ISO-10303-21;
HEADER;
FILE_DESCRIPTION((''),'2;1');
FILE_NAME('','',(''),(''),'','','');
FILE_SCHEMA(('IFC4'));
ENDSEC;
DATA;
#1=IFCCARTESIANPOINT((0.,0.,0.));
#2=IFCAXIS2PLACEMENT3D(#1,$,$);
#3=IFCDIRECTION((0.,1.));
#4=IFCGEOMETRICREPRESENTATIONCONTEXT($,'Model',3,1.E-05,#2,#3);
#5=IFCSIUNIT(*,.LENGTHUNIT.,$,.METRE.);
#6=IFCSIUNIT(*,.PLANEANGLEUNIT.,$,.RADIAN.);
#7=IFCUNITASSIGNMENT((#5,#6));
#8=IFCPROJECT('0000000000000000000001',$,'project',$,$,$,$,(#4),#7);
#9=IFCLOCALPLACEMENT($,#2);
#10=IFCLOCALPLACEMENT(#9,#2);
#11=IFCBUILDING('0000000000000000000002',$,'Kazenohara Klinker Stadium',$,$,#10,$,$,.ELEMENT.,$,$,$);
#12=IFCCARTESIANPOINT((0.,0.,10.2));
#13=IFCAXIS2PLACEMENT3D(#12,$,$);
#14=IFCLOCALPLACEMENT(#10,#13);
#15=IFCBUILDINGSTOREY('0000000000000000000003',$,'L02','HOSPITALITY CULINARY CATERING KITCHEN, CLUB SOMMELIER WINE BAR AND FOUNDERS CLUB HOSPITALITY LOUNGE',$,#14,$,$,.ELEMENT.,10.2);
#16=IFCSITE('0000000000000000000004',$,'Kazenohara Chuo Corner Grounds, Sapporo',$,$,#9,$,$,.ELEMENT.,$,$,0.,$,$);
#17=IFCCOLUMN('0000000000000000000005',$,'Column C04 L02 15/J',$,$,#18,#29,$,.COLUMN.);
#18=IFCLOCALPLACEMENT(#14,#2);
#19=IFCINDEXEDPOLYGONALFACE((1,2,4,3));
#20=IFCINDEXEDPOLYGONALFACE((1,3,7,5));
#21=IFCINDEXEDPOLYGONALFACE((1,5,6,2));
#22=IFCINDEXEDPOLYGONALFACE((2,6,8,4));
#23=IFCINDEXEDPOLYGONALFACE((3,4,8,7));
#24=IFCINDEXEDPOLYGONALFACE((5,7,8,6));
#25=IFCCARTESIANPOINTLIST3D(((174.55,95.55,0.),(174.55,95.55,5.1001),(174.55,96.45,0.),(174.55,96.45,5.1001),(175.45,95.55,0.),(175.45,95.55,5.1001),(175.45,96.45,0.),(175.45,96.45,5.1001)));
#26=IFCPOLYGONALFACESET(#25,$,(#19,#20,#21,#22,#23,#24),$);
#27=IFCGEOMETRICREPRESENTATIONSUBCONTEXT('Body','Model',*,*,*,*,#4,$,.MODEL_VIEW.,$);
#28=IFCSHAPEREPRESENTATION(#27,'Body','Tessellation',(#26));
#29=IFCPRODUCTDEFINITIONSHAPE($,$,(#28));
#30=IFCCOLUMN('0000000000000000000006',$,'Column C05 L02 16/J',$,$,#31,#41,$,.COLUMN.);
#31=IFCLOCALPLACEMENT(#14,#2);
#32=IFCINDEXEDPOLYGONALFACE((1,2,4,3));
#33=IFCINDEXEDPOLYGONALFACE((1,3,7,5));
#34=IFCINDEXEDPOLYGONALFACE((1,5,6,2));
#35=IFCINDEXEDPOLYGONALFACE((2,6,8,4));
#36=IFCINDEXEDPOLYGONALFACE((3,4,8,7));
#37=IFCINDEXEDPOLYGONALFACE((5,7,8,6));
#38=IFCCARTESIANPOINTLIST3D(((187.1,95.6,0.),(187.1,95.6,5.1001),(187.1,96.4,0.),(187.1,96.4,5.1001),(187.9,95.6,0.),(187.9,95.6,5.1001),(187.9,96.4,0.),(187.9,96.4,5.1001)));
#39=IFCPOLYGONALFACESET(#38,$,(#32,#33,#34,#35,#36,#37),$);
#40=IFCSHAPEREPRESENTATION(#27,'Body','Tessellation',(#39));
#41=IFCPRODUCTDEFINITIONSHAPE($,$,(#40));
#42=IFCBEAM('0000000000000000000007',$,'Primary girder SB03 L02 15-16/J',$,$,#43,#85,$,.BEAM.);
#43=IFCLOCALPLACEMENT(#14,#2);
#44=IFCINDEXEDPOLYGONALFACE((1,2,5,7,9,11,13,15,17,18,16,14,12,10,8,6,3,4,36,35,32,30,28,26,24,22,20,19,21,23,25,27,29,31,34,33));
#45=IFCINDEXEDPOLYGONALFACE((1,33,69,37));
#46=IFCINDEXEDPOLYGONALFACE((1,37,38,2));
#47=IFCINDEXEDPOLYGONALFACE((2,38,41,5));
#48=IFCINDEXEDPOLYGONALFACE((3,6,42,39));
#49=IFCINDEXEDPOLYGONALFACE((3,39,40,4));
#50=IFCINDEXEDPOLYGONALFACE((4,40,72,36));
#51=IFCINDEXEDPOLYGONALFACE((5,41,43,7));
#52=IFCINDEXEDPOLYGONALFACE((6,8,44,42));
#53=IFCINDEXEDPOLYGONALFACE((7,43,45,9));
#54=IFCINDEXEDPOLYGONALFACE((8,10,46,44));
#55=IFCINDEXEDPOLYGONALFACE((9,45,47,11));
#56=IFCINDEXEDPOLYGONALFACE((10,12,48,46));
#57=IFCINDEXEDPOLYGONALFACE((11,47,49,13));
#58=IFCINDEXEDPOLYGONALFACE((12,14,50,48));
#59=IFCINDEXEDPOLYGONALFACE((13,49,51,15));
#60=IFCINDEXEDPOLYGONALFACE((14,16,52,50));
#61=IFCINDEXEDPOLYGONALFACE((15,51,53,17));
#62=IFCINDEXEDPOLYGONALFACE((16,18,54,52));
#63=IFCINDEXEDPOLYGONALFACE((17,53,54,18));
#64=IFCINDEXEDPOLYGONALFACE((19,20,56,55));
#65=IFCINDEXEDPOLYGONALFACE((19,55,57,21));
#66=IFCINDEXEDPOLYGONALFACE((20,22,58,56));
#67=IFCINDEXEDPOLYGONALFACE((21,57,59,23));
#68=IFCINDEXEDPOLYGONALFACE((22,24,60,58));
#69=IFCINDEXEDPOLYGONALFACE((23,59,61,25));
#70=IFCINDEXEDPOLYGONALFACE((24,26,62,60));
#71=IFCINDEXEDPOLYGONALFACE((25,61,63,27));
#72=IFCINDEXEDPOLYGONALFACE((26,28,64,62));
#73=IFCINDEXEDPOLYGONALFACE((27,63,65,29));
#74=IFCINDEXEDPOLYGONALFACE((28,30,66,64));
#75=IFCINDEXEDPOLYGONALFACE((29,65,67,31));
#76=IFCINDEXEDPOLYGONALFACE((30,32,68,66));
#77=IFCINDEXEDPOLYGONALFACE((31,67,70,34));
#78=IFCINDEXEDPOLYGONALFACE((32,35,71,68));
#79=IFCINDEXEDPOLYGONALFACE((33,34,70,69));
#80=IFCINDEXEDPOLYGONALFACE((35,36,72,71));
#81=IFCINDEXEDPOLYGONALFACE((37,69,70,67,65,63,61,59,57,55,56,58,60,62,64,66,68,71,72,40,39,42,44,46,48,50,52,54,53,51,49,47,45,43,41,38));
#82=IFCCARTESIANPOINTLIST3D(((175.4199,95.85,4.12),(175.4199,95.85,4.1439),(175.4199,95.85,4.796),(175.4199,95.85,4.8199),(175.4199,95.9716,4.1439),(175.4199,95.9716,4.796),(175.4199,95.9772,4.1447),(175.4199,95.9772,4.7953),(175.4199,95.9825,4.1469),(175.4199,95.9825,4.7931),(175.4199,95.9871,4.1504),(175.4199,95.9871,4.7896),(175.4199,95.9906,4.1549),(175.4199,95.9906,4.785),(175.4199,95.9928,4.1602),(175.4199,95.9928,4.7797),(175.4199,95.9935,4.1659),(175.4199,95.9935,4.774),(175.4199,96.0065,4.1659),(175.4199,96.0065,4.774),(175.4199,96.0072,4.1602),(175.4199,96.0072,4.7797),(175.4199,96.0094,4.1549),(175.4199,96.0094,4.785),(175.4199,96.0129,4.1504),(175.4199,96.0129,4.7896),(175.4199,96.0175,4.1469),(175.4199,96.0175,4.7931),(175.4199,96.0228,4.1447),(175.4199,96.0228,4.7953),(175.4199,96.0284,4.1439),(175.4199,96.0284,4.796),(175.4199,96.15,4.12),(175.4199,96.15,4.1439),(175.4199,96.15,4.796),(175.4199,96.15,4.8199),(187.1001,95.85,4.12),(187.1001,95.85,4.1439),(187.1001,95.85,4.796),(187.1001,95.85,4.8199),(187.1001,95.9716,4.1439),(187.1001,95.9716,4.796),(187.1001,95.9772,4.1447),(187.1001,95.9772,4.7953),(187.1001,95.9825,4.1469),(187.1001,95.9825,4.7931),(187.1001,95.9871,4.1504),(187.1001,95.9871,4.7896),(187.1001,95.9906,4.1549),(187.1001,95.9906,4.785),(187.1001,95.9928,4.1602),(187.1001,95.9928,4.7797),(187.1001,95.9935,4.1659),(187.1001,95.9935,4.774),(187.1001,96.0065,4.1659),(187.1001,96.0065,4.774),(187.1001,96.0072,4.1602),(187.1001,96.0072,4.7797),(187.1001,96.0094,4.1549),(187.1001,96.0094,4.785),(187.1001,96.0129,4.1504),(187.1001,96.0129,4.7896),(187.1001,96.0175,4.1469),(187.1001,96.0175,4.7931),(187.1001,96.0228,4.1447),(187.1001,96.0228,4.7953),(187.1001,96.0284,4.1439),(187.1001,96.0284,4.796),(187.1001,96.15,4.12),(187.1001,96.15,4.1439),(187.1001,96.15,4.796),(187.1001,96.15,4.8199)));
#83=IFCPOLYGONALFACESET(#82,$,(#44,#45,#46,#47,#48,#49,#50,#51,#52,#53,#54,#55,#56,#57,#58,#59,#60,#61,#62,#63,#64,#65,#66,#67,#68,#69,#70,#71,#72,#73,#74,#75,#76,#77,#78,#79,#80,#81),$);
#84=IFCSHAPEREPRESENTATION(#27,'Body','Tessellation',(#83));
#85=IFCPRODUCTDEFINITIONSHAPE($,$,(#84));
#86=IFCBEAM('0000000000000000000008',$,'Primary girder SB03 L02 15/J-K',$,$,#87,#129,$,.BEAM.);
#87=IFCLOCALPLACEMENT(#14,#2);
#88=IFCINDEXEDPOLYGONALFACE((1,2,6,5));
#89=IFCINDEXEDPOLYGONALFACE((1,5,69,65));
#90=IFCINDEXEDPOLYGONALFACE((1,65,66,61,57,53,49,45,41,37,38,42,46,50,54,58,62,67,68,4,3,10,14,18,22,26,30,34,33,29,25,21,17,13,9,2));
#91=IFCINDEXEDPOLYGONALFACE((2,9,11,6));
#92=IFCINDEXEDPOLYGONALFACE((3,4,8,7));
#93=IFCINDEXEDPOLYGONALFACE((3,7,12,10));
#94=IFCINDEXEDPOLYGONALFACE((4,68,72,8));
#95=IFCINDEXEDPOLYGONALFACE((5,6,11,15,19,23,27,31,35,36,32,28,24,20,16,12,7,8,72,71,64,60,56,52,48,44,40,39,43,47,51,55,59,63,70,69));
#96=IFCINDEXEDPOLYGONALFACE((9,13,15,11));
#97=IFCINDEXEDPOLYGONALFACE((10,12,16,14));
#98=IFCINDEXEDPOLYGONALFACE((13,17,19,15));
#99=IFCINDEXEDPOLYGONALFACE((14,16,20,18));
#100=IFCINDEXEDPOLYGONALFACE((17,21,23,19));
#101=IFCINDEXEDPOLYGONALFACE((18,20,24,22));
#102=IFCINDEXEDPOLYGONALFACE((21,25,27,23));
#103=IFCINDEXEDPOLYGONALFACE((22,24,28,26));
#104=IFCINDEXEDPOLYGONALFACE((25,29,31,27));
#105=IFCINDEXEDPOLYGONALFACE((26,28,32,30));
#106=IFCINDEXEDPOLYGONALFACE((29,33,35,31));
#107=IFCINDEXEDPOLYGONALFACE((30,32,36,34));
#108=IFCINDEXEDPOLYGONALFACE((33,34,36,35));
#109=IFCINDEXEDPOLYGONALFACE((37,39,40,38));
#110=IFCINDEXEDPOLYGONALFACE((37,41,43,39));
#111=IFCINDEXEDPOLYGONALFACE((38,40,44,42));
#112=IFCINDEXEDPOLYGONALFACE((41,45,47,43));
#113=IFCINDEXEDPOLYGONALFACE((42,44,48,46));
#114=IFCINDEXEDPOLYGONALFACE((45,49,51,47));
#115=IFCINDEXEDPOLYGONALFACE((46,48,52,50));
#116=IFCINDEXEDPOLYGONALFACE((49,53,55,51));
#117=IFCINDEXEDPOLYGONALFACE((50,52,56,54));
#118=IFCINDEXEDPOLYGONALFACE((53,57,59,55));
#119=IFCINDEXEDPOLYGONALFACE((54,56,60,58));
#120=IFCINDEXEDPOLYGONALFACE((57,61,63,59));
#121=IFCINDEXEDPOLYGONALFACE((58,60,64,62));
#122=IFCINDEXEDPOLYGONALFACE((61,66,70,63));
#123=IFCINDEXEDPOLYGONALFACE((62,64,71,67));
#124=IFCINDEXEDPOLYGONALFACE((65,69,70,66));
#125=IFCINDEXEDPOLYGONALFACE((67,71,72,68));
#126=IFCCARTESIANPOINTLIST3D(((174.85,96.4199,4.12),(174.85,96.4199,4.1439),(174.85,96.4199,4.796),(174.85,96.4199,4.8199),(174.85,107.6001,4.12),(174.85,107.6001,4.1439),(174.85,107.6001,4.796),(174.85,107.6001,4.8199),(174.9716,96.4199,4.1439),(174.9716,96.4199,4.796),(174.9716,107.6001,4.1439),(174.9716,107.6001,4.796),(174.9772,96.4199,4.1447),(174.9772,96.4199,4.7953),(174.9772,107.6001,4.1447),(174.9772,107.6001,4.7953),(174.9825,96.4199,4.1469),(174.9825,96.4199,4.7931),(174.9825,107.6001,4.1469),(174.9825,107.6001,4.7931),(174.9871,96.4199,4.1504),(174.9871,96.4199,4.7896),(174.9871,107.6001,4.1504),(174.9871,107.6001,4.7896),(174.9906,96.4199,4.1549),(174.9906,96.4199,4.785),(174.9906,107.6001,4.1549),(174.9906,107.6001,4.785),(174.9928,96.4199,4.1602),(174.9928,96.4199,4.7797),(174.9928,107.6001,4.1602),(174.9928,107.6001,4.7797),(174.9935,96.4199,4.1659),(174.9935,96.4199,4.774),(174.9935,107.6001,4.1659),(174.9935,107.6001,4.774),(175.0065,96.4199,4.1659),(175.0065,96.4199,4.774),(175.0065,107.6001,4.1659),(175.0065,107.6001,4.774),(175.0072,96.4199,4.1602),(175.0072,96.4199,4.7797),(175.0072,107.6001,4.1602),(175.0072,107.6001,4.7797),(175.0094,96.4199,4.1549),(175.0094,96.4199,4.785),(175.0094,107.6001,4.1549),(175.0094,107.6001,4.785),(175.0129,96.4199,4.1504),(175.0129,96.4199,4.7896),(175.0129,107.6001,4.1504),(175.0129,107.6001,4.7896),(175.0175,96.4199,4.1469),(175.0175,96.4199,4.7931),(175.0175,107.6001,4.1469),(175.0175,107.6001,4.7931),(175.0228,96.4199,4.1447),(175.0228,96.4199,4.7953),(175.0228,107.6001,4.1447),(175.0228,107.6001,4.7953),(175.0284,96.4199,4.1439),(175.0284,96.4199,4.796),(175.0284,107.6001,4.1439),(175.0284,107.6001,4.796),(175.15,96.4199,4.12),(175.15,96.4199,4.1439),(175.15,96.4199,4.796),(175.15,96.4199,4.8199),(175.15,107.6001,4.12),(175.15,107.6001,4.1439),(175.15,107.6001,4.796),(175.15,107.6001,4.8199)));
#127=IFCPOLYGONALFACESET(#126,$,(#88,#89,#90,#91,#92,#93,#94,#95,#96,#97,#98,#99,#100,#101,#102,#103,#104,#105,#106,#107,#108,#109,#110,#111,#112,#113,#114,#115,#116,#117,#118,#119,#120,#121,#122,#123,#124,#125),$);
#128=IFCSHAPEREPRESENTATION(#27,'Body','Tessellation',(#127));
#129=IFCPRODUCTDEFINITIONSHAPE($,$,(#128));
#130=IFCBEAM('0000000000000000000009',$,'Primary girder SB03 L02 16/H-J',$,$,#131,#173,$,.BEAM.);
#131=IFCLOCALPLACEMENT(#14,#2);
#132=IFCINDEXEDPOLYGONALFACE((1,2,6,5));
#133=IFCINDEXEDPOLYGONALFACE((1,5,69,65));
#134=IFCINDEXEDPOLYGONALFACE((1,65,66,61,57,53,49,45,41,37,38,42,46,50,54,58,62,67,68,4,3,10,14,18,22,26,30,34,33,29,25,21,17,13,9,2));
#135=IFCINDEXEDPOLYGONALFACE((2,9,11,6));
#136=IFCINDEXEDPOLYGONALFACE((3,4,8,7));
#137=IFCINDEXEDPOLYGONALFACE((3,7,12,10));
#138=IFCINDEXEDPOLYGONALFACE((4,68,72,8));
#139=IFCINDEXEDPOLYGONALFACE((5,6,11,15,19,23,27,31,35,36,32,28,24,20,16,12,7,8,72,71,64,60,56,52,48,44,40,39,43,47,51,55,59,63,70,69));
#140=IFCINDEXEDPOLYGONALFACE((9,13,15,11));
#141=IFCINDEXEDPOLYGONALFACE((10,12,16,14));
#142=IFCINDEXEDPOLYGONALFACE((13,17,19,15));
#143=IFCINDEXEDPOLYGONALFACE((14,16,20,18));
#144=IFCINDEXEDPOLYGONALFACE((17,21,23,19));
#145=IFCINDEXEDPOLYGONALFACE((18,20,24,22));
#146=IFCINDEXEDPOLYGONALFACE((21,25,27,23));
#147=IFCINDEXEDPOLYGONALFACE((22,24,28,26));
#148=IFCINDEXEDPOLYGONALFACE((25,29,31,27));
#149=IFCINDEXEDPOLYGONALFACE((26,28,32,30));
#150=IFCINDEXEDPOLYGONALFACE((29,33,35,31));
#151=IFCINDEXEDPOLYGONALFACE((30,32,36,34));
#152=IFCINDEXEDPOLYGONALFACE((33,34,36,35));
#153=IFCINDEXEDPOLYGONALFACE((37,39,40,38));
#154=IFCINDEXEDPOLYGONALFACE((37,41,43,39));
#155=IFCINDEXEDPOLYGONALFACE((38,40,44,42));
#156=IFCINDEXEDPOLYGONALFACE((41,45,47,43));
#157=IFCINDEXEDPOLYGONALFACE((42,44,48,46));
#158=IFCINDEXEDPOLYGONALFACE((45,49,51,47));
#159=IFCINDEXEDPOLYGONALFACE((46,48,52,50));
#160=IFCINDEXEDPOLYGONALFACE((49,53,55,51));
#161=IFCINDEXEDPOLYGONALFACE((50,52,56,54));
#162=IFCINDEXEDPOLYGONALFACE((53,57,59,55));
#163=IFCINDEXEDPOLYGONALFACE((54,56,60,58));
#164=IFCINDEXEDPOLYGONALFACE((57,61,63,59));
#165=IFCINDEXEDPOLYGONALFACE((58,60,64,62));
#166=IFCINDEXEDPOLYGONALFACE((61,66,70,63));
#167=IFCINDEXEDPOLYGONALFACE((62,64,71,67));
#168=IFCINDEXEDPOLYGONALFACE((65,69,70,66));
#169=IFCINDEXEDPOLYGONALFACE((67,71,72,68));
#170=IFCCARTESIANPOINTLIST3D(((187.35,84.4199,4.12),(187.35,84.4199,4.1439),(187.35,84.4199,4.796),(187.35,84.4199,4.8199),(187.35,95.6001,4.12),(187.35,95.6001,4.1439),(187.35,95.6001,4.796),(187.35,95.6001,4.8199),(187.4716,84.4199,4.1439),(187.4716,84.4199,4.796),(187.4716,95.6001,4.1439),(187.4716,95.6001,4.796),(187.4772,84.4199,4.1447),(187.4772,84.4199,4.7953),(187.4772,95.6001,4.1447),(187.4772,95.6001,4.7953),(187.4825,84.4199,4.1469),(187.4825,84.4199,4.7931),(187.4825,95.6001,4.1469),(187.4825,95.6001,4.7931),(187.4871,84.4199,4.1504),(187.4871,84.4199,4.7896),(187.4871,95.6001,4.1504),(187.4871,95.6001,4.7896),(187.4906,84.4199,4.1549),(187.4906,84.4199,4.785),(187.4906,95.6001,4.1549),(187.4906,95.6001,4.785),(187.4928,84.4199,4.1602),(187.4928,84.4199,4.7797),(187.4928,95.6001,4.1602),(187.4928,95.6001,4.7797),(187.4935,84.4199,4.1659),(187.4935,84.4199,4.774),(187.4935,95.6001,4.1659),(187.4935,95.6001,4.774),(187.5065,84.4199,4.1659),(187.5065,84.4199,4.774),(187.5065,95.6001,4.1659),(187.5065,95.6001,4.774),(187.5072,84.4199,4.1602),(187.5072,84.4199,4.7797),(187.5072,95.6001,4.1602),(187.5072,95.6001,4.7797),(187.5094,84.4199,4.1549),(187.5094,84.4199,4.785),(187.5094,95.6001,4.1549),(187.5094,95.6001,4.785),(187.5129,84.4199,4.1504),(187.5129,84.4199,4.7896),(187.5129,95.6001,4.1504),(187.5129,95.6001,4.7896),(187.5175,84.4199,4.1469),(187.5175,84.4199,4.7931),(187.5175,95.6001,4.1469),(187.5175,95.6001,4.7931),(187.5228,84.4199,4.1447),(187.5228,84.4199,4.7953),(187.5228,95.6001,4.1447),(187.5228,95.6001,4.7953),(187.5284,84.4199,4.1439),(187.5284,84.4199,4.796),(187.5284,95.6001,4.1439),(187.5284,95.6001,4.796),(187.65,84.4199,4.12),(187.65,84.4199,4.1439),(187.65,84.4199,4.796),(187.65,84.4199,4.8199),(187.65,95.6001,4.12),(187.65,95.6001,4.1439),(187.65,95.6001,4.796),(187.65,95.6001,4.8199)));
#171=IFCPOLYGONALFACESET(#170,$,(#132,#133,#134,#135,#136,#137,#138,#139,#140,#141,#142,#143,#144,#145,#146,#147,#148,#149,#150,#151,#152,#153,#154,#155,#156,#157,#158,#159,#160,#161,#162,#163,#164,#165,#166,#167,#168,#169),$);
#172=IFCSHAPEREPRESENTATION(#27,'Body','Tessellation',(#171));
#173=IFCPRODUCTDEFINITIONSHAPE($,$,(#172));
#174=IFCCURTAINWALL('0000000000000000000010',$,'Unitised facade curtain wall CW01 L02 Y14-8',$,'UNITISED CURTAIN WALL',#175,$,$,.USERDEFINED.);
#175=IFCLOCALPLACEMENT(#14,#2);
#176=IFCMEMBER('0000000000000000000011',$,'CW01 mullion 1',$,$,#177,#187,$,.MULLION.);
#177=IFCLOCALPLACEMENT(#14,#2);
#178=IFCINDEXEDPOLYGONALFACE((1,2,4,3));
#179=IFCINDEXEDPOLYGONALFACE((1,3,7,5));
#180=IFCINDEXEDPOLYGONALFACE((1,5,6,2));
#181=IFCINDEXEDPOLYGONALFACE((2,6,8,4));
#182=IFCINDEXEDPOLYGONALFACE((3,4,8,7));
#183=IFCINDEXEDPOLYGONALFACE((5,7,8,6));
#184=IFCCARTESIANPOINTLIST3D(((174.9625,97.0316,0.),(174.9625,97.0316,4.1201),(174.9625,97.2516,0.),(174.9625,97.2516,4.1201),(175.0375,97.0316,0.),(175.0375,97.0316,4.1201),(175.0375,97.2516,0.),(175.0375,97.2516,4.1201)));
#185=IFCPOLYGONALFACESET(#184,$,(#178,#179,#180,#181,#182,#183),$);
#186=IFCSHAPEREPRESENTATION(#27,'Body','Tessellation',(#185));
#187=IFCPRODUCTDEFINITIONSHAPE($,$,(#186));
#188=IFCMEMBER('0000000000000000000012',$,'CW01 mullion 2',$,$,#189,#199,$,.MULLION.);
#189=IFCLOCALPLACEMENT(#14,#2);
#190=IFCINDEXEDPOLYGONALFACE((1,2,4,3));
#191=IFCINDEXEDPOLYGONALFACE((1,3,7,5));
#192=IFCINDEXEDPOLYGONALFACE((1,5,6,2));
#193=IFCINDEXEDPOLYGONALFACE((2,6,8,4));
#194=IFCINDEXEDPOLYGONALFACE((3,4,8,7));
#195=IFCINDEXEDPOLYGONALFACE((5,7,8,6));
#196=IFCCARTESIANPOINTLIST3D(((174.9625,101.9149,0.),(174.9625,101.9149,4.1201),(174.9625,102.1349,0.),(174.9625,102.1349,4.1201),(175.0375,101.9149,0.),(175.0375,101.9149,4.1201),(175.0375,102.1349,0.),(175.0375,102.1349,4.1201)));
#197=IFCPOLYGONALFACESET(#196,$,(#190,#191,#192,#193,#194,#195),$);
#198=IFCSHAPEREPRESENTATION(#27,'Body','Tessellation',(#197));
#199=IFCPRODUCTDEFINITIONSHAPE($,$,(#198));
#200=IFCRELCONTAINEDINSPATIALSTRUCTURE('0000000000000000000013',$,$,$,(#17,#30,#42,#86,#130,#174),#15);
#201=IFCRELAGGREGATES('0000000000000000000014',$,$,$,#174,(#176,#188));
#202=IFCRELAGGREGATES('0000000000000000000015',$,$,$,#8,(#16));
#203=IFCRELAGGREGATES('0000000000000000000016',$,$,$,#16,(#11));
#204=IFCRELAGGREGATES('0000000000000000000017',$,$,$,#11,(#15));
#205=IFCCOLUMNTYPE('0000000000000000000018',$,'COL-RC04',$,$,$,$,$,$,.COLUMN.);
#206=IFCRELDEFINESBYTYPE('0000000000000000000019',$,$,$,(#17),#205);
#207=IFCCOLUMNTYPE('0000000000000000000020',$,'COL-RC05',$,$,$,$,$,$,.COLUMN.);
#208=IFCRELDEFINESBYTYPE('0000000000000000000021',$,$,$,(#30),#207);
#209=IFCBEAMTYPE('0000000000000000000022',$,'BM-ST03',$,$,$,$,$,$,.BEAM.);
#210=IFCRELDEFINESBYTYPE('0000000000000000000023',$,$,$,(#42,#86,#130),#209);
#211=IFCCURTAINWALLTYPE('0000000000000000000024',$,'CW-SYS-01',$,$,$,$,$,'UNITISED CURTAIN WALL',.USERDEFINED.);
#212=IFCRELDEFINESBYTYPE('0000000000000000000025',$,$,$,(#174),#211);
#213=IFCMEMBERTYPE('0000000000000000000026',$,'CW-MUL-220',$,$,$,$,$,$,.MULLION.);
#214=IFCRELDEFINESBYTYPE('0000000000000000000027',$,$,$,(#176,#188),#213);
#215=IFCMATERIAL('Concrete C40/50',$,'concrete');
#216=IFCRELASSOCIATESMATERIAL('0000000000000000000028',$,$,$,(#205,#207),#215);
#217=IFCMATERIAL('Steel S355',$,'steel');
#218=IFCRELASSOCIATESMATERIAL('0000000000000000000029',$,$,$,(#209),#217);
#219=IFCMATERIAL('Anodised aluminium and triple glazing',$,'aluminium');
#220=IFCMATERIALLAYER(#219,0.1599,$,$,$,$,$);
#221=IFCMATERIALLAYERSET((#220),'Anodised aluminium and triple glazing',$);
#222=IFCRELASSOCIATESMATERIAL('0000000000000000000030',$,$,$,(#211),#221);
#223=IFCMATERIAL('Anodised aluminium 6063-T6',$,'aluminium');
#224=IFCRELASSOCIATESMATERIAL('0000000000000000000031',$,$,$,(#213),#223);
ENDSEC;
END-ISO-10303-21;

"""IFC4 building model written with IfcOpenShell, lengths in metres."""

from ifc_helpers import new_model, si_unit, direction, frame, origin, origin_2d, place, context, subcontext, project, spatial, rectangle, i_section, extrude, material, layer, layer_set, material_profile, profile_set, type_object, element, aggregate, save


model = new_model("IFC4")

# Units and contexts
model_context = context("Model", 3, precision=1e-05, world=origin(), true_north=direction((0.0, 1.0)))
body_context = subcontext(model_context, "Body", "Model", "MODEL_VIEW")
ifc_project = project(units=[si_unit("LENGTHUNIT", "METRE"), si_unit("PLANEANGLEUNIT", "RADIAN")], contexts=[model_context])

# Site, building, storey
site_placement = place(None, origin())
site = spatial("IfcSite", under=ifc_project, at=site_placement, Name="Kazenohara Chuo Corner Grounds, Sapporo", CompositionType="ELEMENT", RefElevation=0.0)
building_placement = place(site_placement, origin())
building = spatial("IfcBuilding", under=site, at=building_placement, Name="Kazenohara Klinker Stadium", CompositionType="ELEMENT")
storey_placement = place(building_placement, frame((0.0, 0.0, 10.2)))
storey = spatial("IfcBuildingStorey", under=building, at=storey_placement, Name="L02", Description="HOSPITALITY CULINARY CATERING KITCHEN, CLUB SOMMELIER WINE BAR AND FOUNDERS CLUB HOSPITALITY LOUNGE", CompositionType="ELEMENT", Elevation=10.2)

# Columns
ifc_material_1 = material(Name="Concrete C40/50", Category="concrete")
ifc_material_profile_1 = material_profile(ifc_material_1, rectangle(XDim=0.8999, YDim=0.8999, at=origin_2d()), Name="RC-COL-900x900")
ifc_profile_set_1 = profile_set([ifc_material_profile_1], Name="Concrete C40/50")
column_type_1 = type_object("IfcColumnType", Name="COL-RC04", PredefinedType="COLUMN", material=ifc_profile_set_1)
column_1_placement = place(storey_placement, frame((175.0, 96.0, 0.0), z_axis=(0.0, 0.0, 1.0), x_axis=(1.0, 0.0, 0.0)))
element("IfcColumn", 1, at=column_1_placement, inside=storey, type_object=column_type_1, Name="Column C04 L02 15/J", PredefinedType="COLUMN", context=body_context, shape_type="SweptSolid", body=[
    extrude(rectangle(XDim=0.8999, YDim=0.8999, at=origin_2d()), origin(), (0.0, 0.0, 1.0), 5.1001),
])
ifc_material_profile_2 = material_profile(ifc_material_1, rectangle(XDim=0.8, YDim=0.8, at=origin_2d()), Name="RC-COL-800x800")
ifc_profile_set_2 = profile_set([ifc_material_profile_2], Name="Concrete C40/50")
column_type_2 = type_object("IfcColumnType", Name="COL-RC05", PredefinedType="COLUMN", material=ifc_profile_set_2)
column_2_placement = place(storey_placement, frame((187.5, 96.0, 0.0), z_axis=(0.0, 0.0, 1.0), x_axis=(1.0, 0.0, 0.0)))
element("IfcColumn", 2, at=column_2_placement, inside=storey, type_object=column_type_2, Name="Column C05 L02 16/J", PredefinedType="COLUMN", context=body_context, shape_type="SweptSolid", body=[
    extrude(rectangle(XDim=0.8, YDim=0.8, at=origin_2d()), origin(), (0.0, 0.0, 1.0), 5.1001),
])

# Beams
ifc_material_2 = material(Name="Steel S355", Category="steel")
ifc_material_profile_3 = material_profile(ifc_material_2, i_section(OverallWidth=0.3, OverallDepth=0.7, WebThickness=0.0129, FlangeThickness=0.0239, FilletRadius=0.022, at=origin_2d()), Name="H-700x300x13x24")
ifc_profile_set_3 = profile_set([ifc_material_profile_3], Name="Steel S355")
beam_type = type_object("IfcBeamType", Name="BM-ST03", PredefinedType="BEAM", material=ifc_profile_set_3)
beam_placement = place(storey_placement, frame((175.4199, 96.0, 4.47), z_axis=(1.0, 0.0, 0.0), x_axis=(0.0, 1.0, 0.0)))
element("IfcBeam", 3, at=beam_placement, inside=storey, type_object=beam_type, Name="Primary girder SB03 L02 15-16/J", PredefinedType="BEAM", context=body_context, shape_type="SweptSolid", body=[
    extrude(i_section(OverallWidth=0.3, OverallDepth=0.7, WebThickness=0.0129, FlangeThickness=0.0239, FilletRadius=0.022, at=origin_2d()), origin(), (0.0, 0.0, 1.0), 11.6802),
])
for number, where, z_axis, x_axis, name in (
    (4, (175.0, 96.4199, 4.47), (0.0, 1.0, 0.0), (-1.0, 0.0, 0.0), "Primary girder SB03 L02 15/J-K"),
    (5, (187.5, 84.4199, 4.47), (0.0, 1.0, 0.0), (-1.0, 0.0, 0.0), "Primary girder SB03 L02 16/H-J"),
):
    element("IfcBeam", number, at=place(storey_placement, frame(where, z_axis=z_axis, x_axis=x_axis)), inside=storey, type_object=beam_type, Name=name, PredefinedType="BEAM", context=body_context, shape_type="SweptSolid", body=[
        extrude(i_section(OverallWidth=0.3, OverallDepth=0.7, WebThickness=0.0129, FlangeThickness=0.0239, FilletRadius=0.022, at=origin_2d()), origin(), (0.0, 0.0, 1.0), 11.1802),
    ])

# Curtain wall, members
ifc_material_3 = material(Name="Anodised aluminium and triple glazing", Category="aluminium")
ifc_layer_1 = layer(ifc_material_3, 0.1599)
ifc_layer_set_1 = layer_set([ifc_layer_1], Name="Anodised aluminium and triple glazing")
curtain_wall_type = type_object("IfcCurtainWallType", Name="CW-SYS-01", ElementType="UNITISED CURTAIN WALL", PredefinedType="USERDEFINED", material=ifc_layer_set_1)
curtain_wall_placement = place(storey_placement, origin())
curtain_wall = element("IfcCurtainWall", 6, at=curtain_wall_placement, inside=storey, type_object=curtain_wall_type, Name="Unitised facade curtain wall CW01 L02 Y14-8", ObjectType="UNITISED CURTAIN WALL", PredefinedType="USERDEFINED")
ifc_material_4 = material(Name="Anodised aluminium 6063-T6", Category="aluminium")
ifc_material_profile_4 = material_profile(ifc_material_4, rectangle(XDim=0.075, YDim=0.22, at=origin_2d()), Name="ALU-MUL-75x220")
ifc_profile_set_4 = profile_set([ifc_material_profile_4], Name="Anodised aluminium 6063-T6")
member_type_1 = type_object("IfcMemberType", Name="CW-MUL-220", PredefinedType="MULLION", material=ifc_profile_set_4)
member_1_placement = place(storey_placement, frame((175.0, 97.1416, 0.0), z_axis=(0.0, 0.0, 1.0), x_axis=(-1.0, 0.0, 0.0)))
member_1 = element("IfcMember", 7, at=member_1_placement, type_object=member_type_1, Name="CW01 mullion 1", PredefinedType="MULLION", context=body_context, shape_type="SweptSolid", body=[
    extrude(rectangle(XDim=0.075, YDim=0.22, at=origin_2d()), origin(), (0.0, 0.0, 1.0), 4.1201),
])
member_2_placement = place(storey_placement, frame((175.0, 102.0249, 0.0), z_axis=(0.0, 0.0, 1.0), x_axis=(-1.0, 0.0, 0.0)))
member_2 = element("IfcMember", 8, at=member_2_placement, type_object=member_type_1, Name="CW01 mullion 2", PredefinedType="MULLION", context=body_context, shape_type="SweptSolid", body=[
    extrude(rectangle(XDim=0.075, YDim=0.22, at=origin_2d()), origin(), (0.0, 0.0, 1.0), 4.1201),
])

aggregate(curtain_wall, [member_1, member_2])

save(model, "model.ifc")
